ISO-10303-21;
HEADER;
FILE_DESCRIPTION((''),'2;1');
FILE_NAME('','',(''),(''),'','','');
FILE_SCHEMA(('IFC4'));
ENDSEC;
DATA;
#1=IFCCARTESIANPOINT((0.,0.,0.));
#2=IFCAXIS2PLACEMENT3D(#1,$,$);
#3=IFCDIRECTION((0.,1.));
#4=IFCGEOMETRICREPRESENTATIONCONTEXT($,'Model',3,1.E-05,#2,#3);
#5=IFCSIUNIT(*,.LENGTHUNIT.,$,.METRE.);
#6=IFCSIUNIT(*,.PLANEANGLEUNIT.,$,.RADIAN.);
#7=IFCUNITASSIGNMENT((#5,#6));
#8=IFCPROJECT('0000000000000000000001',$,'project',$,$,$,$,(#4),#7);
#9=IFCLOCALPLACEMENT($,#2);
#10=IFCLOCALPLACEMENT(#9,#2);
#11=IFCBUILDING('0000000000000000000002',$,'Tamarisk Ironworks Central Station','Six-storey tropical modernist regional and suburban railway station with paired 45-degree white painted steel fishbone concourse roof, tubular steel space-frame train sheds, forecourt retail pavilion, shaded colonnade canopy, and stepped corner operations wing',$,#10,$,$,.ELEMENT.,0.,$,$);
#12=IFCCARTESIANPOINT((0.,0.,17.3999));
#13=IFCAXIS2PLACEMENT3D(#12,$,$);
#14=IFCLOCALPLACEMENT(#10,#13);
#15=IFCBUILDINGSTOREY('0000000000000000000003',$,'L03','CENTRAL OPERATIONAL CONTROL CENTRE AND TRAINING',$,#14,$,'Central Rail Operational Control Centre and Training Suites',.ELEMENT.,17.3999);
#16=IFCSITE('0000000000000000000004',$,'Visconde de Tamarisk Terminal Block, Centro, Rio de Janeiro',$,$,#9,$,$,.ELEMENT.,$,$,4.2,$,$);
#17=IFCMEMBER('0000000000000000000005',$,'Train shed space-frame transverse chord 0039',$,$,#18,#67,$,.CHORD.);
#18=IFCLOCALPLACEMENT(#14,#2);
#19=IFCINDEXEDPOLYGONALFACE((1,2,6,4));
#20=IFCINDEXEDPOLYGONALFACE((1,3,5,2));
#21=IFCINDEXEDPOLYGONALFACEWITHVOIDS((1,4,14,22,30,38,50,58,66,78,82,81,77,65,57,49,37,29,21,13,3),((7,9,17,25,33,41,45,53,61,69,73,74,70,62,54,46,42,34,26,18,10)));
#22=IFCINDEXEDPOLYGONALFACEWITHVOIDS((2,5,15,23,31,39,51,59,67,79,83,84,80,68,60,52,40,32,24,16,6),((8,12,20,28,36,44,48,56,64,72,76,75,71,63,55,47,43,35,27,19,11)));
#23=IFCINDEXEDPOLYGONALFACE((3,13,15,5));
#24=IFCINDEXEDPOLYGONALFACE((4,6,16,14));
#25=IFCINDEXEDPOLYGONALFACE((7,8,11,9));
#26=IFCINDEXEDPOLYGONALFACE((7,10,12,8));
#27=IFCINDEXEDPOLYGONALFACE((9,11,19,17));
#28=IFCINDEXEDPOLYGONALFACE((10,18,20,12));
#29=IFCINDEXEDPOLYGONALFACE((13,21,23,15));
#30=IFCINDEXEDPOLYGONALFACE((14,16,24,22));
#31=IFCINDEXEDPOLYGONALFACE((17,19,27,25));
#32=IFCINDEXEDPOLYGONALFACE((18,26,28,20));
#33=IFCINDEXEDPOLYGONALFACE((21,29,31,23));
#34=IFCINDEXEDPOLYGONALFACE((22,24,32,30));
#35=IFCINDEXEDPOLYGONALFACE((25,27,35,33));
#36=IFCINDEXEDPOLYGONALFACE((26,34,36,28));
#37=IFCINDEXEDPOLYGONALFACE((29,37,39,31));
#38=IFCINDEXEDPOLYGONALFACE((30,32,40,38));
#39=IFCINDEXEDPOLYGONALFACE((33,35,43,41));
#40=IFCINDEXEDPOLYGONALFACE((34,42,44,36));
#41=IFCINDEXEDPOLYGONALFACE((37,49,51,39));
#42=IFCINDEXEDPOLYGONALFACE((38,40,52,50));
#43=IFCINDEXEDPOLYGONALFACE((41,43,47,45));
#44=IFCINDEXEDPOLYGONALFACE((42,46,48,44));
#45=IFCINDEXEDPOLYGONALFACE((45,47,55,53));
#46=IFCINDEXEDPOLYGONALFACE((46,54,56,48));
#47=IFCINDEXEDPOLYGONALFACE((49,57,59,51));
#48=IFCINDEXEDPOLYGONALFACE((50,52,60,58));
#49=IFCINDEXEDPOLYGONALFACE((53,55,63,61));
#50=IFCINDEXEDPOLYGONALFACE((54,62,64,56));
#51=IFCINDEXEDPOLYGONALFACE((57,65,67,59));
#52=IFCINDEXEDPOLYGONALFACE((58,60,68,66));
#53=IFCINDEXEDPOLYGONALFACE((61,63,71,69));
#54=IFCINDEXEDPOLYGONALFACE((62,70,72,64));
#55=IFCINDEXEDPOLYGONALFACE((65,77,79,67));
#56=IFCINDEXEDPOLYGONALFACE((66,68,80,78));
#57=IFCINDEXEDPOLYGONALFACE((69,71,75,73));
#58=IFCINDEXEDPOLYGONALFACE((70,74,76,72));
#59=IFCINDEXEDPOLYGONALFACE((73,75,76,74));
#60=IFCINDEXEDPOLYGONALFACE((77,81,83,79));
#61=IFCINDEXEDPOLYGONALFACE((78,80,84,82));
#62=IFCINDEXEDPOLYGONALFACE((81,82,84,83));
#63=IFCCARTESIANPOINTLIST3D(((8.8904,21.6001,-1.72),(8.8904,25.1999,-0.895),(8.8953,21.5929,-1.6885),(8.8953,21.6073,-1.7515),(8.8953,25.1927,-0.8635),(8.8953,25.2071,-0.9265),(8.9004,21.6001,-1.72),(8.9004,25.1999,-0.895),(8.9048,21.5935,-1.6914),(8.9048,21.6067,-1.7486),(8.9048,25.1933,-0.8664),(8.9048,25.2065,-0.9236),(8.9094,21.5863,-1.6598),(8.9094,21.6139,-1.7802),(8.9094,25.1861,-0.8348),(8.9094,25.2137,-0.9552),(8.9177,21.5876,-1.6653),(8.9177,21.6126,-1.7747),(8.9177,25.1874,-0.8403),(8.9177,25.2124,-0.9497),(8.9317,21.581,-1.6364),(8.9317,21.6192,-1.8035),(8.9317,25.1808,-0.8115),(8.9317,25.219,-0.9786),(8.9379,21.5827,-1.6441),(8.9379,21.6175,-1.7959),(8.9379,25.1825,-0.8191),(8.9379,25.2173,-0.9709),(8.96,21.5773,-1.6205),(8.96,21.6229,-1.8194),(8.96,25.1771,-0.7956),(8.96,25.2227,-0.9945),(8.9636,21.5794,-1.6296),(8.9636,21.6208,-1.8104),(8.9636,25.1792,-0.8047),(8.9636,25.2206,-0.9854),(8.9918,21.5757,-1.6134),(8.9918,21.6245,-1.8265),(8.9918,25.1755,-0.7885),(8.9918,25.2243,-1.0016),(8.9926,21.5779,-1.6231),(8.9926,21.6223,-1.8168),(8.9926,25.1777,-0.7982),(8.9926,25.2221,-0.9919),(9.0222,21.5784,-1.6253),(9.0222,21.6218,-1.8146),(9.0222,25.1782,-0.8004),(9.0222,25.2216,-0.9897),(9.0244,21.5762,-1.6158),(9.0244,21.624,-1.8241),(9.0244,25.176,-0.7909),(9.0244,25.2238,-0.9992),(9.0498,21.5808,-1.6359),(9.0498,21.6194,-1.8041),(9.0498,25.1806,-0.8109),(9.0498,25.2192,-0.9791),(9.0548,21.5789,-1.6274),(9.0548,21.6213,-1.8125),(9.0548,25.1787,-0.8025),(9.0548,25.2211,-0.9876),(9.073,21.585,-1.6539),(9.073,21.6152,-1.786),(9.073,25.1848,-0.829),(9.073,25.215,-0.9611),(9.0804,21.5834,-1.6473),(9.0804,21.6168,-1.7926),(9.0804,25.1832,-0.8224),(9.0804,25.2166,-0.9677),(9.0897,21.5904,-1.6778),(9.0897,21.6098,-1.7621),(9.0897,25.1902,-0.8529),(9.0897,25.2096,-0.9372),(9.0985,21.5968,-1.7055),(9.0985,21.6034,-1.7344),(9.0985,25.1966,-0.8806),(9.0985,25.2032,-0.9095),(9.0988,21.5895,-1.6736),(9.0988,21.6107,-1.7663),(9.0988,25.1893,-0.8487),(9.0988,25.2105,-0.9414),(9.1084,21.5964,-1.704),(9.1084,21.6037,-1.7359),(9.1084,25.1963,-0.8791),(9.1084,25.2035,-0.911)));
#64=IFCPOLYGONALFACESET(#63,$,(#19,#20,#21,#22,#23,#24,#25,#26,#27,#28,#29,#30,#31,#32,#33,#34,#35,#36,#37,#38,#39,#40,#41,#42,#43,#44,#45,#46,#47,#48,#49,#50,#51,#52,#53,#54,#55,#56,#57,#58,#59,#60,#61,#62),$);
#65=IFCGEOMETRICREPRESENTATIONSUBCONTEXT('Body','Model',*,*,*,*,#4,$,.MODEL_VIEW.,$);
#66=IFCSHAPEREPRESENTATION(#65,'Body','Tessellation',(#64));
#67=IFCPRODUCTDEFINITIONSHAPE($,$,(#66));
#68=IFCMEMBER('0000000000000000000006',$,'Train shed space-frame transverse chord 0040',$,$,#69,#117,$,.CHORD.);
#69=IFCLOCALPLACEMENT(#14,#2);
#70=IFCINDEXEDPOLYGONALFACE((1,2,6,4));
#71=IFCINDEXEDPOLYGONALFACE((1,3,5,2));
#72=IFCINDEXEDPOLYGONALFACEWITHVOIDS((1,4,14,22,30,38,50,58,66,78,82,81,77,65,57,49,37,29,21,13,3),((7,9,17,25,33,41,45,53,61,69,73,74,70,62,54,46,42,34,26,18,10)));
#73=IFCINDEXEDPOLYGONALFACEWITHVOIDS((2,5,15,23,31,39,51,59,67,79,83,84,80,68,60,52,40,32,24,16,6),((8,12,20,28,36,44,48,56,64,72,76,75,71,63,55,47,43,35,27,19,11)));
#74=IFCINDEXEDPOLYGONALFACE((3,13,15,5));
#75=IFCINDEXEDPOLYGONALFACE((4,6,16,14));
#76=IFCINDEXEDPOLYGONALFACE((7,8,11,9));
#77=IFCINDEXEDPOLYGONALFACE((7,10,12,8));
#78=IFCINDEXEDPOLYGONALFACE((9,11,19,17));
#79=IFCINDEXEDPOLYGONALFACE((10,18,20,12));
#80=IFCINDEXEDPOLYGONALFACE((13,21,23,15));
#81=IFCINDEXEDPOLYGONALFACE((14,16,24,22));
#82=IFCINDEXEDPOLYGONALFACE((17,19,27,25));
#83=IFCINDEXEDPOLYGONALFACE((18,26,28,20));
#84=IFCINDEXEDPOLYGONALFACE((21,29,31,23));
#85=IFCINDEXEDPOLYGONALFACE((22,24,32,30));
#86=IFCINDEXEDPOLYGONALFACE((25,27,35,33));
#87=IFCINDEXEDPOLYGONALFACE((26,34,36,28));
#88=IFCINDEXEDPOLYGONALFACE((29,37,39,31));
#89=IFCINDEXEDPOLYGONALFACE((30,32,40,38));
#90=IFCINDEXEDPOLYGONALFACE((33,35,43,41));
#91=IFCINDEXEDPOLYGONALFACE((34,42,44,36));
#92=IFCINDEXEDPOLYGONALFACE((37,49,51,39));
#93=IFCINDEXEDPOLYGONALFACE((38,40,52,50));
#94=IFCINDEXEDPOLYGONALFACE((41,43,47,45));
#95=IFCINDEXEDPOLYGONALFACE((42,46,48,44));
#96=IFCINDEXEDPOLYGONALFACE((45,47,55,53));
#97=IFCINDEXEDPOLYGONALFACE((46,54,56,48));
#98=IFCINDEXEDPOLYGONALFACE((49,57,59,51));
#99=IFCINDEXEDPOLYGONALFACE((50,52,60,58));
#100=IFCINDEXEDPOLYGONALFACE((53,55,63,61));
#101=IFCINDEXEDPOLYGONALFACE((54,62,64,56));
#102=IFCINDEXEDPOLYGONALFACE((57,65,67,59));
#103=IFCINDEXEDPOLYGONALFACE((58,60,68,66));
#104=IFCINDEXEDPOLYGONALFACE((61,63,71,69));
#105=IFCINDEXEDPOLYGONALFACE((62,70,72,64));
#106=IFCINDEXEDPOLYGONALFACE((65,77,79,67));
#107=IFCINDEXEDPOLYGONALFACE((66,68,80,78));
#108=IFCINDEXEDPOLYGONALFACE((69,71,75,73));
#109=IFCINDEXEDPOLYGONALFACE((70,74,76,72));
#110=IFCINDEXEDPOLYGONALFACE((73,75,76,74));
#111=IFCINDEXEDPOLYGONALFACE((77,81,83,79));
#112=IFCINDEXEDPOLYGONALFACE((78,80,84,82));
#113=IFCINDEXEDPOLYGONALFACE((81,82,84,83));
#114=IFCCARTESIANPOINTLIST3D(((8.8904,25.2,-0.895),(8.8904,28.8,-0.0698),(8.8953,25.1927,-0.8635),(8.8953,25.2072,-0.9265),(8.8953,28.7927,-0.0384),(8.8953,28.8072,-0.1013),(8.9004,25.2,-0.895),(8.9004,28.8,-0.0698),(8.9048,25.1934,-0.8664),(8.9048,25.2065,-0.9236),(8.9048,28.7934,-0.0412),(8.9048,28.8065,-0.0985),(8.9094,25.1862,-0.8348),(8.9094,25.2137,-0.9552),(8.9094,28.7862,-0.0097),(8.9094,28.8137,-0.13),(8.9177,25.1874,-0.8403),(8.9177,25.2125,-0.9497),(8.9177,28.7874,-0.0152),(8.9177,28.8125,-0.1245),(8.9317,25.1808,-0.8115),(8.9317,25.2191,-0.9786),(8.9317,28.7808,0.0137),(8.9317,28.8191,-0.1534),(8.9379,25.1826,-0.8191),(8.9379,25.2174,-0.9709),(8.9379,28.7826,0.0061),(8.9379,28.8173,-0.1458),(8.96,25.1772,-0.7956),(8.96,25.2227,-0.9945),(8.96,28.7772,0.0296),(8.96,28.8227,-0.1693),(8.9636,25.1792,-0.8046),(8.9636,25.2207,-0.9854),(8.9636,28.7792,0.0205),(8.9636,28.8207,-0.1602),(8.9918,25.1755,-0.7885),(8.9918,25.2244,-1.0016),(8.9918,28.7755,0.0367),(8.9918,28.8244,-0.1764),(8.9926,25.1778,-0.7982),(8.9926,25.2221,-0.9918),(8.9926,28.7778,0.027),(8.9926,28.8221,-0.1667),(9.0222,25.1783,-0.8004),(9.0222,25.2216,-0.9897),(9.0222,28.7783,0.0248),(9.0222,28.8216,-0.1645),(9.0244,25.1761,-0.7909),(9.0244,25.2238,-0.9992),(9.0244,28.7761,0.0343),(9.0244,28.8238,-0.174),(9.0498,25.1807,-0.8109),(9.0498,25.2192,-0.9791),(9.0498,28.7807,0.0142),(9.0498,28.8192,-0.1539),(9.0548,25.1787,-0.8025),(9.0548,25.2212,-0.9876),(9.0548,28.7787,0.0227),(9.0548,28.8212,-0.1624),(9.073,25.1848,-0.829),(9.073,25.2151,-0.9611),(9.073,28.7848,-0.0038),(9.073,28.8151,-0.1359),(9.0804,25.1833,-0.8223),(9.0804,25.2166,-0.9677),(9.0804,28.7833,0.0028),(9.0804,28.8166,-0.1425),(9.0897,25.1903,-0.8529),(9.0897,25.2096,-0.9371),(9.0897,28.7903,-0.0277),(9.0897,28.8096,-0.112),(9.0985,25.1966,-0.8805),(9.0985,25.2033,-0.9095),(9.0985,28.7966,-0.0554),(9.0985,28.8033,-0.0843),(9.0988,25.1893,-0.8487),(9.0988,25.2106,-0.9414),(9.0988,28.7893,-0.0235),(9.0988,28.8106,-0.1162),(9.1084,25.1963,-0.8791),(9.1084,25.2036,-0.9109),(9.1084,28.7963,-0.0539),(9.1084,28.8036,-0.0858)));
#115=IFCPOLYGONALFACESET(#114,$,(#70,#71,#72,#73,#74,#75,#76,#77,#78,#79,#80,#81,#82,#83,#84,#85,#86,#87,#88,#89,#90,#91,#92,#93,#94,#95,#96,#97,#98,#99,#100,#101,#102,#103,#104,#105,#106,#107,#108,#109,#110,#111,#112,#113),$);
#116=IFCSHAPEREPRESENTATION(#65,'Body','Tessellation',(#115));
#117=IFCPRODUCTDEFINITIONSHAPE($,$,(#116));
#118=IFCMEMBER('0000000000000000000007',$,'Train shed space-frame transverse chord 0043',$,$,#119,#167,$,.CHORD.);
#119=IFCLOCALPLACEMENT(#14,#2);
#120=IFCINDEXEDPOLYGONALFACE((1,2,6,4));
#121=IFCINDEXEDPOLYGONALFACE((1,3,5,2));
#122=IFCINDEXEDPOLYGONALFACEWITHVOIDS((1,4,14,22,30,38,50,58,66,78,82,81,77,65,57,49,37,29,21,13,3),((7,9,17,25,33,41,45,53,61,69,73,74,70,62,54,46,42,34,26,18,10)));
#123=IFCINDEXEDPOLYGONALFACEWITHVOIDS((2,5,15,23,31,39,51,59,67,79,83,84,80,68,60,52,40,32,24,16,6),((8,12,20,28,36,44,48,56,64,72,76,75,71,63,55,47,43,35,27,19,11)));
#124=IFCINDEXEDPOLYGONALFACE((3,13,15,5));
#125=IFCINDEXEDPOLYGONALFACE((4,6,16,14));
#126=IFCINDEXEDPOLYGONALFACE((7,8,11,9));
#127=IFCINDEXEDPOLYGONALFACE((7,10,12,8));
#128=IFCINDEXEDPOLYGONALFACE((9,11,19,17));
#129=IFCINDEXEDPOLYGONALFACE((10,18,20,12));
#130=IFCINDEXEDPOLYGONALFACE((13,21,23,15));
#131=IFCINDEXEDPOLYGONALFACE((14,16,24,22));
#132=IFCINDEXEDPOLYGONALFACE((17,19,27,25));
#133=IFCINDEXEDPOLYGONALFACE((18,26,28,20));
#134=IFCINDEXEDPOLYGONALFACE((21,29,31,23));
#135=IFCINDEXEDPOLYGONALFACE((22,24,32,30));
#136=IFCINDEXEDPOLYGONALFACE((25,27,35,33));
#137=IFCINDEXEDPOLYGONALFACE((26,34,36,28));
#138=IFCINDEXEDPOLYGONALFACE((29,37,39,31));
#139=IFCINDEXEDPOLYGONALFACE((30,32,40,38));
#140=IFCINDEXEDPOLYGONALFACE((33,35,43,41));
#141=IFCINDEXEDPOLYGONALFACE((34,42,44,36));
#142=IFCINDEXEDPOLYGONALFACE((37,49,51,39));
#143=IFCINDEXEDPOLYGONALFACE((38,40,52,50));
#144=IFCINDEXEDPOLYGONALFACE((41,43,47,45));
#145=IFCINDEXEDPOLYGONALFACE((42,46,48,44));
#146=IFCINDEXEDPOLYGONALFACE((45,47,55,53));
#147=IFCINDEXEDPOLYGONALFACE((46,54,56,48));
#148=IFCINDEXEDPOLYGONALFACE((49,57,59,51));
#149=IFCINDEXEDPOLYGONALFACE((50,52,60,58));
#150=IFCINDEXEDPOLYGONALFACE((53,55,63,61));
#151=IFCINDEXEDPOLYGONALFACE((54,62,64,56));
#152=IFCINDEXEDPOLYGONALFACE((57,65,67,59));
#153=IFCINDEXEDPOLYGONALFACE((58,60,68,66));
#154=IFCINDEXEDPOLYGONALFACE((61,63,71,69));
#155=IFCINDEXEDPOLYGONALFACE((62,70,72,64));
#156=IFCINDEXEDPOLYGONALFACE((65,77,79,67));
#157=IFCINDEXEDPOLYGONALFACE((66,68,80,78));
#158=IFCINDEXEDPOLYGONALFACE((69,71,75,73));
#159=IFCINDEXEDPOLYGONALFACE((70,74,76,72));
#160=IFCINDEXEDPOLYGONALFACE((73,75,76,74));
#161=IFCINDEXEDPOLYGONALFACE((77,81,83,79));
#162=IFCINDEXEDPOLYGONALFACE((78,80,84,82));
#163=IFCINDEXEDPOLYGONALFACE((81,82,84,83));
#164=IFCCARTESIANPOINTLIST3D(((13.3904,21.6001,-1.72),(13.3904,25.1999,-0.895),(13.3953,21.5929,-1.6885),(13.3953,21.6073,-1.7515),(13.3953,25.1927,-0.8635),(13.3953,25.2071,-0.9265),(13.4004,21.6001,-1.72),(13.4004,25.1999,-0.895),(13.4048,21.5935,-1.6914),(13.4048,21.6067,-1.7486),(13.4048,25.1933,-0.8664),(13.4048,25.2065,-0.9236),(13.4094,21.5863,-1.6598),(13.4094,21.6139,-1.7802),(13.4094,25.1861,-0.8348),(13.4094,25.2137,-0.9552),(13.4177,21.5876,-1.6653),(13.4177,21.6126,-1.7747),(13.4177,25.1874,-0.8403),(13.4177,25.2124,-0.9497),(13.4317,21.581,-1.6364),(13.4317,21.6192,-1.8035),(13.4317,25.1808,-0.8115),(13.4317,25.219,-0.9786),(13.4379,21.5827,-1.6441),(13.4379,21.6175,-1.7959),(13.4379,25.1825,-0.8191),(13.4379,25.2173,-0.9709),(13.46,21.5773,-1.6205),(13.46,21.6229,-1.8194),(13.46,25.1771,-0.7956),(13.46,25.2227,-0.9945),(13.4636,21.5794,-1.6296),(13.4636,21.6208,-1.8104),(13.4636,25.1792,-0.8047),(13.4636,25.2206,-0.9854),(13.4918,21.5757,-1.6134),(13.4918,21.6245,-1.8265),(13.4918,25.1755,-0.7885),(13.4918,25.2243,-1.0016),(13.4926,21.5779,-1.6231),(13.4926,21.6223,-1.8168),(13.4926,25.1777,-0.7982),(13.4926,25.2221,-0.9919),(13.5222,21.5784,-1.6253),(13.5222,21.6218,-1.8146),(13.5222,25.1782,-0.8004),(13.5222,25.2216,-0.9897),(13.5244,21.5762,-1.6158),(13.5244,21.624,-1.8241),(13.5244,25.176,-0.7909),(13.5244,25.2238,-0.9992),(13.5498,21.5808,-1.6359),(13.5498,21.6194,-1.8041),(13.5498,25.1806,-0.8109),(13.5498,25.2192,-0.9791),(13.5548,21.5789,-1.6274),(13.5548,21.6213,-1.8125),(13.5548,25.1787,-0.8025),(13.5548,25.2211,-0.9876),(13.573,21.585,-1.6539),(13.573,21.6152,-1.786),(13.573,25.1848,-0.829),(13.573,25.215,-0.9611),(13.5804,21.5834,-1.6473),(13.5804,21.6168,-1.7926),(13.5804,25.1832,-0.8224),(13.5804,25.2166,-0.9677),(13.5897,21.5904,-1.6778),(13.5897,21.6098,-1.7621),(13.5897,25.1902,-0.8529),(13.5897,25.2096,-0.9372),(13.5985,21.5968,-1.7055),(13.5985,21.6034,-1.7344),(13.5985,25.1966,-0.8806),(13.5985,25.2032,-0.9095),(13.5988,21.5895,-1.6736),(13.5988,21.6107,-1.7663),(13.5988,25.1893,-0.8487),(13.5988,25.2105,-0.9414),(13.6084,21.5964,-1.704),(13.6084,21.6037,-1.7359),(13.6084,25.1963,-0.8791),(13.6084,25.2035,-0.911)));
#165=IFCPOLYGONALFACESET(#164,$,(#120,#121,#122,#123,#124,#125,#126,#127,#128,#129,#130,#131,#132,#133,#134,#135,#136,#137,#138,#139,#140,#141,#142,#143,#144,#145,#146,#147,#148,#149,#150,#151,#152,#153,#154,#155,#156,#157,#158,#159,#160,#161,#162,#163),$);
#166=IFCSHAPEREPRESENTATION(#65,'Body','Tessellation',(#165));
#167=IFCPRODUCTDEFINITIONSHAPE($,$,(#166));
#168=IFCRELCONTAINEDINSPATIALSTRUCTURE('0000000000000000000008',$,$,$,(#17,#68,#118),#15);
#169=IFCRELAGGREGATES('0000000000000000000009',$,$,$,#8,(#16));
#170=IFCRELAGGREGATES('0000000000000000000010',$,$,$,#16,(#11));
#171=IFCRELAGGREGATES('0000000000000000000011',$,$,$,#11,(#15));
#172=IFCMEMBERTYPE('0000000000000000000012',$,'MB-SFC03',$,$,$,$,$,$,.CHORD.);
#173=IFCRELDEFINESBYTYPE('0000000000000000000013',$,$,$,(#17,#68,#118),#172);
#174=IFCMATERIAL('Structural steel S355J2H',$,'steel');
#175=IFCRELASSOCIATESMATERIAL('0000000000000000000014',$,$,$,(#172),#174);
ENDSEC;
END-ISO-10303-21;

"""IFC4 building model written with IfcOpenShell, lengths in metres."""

from ifc_helpers import new_model, si_unit, direction, frame, origin, origin_2d, place, context, subcontext, project, spatial, hollow_circle, extrude, material, material_profile, profile_set, type_object, element, save


model = new_model("IFC4")

# Units and contexts
model_context = context("Model", 3, precision=1e-05, world=origin(), true_north=direction((0.0, 1.0)))
body_context = subcontext(model_context, "Body", "Model", "MODEL_VIEW")
ifc_project = project(units=[si_unit("LENGTHUNIT", "METRE"), si_unit("PLANEANGLEUNIT", "RADIAN")], contexts=[model_context])

# Site, building, storey
site_placement = place(None, origin())
site = spatial("IfcSite", under=ifc_project, at=site_placement, Name="Visconde de Tamarisk Terminal Block, Centro, Rio de Janeiro", CompositionType="ELEMENT", RefElevation=4.2)
building_placement = place(site_placement, origin())
building = spatial("IfcBuilding", under=site, at=building_placement, Name="Tamarisk Ironworks Central Station", Description="Six-storey tropical modernist regional and suburban railway station with paired 45-degree white painted steel fishbone concourse roof, tubular steel space-frame train sheds, forecourt retail pavilion, shaded colonnade canopy, and stepped corner operations wing", CompositionType="ELEMENT", ElevationOfRefHeight=0.0)
storey_placement = place(building_placement, frame((0.0, 0.0, 17.3999)))
storey = spatial("IfcBuildingStorey", under=building, at=storey_placement, Name="L03", Description="CENTRAL OPERATIONAL CONTROL CENTRE AND TRAINING", LongName="Central Rail Operational Control Centre and Training Suites", CompositionType="ELEMENT", Elevation=17.3999)

# Members
ifc_material_1 = material(Name="Structural steel S355J2H", Category="steel")
ifc_material_profile_1 = material_profile(ifc_material_1, hollow_circle(Radius=0.1096, WallThickness=0.01, at=origin_2d()), Name="CHS 219.1x10")
ifc_profile_set_1 = profile_set([ifc_material_profile_1], Name="Structural steel S355J2H")
member_type_1 = type_object("IfcMemberType", Name="MB-SFC03", PredefinedType="CHORD", material=ifc_profile_set_1)
member_1_placement = place(storey_placement, frame((9.0, 21.6001, -1.72), z_axis=(0.0, 0.974733, 0.223372), x_axis=(-1.0, 0.0, 0.0)))
element("IfcMember", 1, at=member_1_placement, inside=storey, type_object=member_type_1, Name="Train shed space-frame transverse chord 0039", PredefinedType="CHORD", context=body_context, shape_type="SweptSolid", body=[
    extrude(hollow_circle(Radius=0.1096, WallThickness=0.01, at=origin_2d()), origin(), (0.0, 0.0, 1.0), 3.6931),
])
member_2_placement = place(storey_placement, frame((9.0, 25.2, -0.895), z_axis=(0.0, 0.974722, 0.223421), x_axis=(-1.0, 0.0, 0.0)))
element("IfcMember", 2, at=member_2_placement, inside=storey, type_object=member_type_1, Name="Train shed space-frame transverse chord 0040", PredefinedType="CHORD", context=body_context, shape_type="SweptSolid", body=[
    extrude(hollow_circle(Radius=0.1096, WallThickness=0.01, at=origin_2d()), origin(), (0.0, 0.0, 1.0), 3.6934),
])
member_3_placement = place(storey_placement, frame((13.5, 21.6001, -1.72), z_axis=(0.0, 0.974733, 0.223372), x_axis=(-1.0, 0.0, 0.0)))
element("IfcMember", 3, at=member_3_placement, inside=storey, type_object=member_type_1, Name="Train shed space-frame transverse chord 0043", PredefinedType="CHORD", context=body_context, shape_type="SweptSolid", body=[
    extrude(hollow_circle(Radius=0.1096, WallThickness=0.01, at=origin_2d()), origin(), (0.0, 0.0, 1.0), 3.6931),
])

save(model, "model.ifc")
